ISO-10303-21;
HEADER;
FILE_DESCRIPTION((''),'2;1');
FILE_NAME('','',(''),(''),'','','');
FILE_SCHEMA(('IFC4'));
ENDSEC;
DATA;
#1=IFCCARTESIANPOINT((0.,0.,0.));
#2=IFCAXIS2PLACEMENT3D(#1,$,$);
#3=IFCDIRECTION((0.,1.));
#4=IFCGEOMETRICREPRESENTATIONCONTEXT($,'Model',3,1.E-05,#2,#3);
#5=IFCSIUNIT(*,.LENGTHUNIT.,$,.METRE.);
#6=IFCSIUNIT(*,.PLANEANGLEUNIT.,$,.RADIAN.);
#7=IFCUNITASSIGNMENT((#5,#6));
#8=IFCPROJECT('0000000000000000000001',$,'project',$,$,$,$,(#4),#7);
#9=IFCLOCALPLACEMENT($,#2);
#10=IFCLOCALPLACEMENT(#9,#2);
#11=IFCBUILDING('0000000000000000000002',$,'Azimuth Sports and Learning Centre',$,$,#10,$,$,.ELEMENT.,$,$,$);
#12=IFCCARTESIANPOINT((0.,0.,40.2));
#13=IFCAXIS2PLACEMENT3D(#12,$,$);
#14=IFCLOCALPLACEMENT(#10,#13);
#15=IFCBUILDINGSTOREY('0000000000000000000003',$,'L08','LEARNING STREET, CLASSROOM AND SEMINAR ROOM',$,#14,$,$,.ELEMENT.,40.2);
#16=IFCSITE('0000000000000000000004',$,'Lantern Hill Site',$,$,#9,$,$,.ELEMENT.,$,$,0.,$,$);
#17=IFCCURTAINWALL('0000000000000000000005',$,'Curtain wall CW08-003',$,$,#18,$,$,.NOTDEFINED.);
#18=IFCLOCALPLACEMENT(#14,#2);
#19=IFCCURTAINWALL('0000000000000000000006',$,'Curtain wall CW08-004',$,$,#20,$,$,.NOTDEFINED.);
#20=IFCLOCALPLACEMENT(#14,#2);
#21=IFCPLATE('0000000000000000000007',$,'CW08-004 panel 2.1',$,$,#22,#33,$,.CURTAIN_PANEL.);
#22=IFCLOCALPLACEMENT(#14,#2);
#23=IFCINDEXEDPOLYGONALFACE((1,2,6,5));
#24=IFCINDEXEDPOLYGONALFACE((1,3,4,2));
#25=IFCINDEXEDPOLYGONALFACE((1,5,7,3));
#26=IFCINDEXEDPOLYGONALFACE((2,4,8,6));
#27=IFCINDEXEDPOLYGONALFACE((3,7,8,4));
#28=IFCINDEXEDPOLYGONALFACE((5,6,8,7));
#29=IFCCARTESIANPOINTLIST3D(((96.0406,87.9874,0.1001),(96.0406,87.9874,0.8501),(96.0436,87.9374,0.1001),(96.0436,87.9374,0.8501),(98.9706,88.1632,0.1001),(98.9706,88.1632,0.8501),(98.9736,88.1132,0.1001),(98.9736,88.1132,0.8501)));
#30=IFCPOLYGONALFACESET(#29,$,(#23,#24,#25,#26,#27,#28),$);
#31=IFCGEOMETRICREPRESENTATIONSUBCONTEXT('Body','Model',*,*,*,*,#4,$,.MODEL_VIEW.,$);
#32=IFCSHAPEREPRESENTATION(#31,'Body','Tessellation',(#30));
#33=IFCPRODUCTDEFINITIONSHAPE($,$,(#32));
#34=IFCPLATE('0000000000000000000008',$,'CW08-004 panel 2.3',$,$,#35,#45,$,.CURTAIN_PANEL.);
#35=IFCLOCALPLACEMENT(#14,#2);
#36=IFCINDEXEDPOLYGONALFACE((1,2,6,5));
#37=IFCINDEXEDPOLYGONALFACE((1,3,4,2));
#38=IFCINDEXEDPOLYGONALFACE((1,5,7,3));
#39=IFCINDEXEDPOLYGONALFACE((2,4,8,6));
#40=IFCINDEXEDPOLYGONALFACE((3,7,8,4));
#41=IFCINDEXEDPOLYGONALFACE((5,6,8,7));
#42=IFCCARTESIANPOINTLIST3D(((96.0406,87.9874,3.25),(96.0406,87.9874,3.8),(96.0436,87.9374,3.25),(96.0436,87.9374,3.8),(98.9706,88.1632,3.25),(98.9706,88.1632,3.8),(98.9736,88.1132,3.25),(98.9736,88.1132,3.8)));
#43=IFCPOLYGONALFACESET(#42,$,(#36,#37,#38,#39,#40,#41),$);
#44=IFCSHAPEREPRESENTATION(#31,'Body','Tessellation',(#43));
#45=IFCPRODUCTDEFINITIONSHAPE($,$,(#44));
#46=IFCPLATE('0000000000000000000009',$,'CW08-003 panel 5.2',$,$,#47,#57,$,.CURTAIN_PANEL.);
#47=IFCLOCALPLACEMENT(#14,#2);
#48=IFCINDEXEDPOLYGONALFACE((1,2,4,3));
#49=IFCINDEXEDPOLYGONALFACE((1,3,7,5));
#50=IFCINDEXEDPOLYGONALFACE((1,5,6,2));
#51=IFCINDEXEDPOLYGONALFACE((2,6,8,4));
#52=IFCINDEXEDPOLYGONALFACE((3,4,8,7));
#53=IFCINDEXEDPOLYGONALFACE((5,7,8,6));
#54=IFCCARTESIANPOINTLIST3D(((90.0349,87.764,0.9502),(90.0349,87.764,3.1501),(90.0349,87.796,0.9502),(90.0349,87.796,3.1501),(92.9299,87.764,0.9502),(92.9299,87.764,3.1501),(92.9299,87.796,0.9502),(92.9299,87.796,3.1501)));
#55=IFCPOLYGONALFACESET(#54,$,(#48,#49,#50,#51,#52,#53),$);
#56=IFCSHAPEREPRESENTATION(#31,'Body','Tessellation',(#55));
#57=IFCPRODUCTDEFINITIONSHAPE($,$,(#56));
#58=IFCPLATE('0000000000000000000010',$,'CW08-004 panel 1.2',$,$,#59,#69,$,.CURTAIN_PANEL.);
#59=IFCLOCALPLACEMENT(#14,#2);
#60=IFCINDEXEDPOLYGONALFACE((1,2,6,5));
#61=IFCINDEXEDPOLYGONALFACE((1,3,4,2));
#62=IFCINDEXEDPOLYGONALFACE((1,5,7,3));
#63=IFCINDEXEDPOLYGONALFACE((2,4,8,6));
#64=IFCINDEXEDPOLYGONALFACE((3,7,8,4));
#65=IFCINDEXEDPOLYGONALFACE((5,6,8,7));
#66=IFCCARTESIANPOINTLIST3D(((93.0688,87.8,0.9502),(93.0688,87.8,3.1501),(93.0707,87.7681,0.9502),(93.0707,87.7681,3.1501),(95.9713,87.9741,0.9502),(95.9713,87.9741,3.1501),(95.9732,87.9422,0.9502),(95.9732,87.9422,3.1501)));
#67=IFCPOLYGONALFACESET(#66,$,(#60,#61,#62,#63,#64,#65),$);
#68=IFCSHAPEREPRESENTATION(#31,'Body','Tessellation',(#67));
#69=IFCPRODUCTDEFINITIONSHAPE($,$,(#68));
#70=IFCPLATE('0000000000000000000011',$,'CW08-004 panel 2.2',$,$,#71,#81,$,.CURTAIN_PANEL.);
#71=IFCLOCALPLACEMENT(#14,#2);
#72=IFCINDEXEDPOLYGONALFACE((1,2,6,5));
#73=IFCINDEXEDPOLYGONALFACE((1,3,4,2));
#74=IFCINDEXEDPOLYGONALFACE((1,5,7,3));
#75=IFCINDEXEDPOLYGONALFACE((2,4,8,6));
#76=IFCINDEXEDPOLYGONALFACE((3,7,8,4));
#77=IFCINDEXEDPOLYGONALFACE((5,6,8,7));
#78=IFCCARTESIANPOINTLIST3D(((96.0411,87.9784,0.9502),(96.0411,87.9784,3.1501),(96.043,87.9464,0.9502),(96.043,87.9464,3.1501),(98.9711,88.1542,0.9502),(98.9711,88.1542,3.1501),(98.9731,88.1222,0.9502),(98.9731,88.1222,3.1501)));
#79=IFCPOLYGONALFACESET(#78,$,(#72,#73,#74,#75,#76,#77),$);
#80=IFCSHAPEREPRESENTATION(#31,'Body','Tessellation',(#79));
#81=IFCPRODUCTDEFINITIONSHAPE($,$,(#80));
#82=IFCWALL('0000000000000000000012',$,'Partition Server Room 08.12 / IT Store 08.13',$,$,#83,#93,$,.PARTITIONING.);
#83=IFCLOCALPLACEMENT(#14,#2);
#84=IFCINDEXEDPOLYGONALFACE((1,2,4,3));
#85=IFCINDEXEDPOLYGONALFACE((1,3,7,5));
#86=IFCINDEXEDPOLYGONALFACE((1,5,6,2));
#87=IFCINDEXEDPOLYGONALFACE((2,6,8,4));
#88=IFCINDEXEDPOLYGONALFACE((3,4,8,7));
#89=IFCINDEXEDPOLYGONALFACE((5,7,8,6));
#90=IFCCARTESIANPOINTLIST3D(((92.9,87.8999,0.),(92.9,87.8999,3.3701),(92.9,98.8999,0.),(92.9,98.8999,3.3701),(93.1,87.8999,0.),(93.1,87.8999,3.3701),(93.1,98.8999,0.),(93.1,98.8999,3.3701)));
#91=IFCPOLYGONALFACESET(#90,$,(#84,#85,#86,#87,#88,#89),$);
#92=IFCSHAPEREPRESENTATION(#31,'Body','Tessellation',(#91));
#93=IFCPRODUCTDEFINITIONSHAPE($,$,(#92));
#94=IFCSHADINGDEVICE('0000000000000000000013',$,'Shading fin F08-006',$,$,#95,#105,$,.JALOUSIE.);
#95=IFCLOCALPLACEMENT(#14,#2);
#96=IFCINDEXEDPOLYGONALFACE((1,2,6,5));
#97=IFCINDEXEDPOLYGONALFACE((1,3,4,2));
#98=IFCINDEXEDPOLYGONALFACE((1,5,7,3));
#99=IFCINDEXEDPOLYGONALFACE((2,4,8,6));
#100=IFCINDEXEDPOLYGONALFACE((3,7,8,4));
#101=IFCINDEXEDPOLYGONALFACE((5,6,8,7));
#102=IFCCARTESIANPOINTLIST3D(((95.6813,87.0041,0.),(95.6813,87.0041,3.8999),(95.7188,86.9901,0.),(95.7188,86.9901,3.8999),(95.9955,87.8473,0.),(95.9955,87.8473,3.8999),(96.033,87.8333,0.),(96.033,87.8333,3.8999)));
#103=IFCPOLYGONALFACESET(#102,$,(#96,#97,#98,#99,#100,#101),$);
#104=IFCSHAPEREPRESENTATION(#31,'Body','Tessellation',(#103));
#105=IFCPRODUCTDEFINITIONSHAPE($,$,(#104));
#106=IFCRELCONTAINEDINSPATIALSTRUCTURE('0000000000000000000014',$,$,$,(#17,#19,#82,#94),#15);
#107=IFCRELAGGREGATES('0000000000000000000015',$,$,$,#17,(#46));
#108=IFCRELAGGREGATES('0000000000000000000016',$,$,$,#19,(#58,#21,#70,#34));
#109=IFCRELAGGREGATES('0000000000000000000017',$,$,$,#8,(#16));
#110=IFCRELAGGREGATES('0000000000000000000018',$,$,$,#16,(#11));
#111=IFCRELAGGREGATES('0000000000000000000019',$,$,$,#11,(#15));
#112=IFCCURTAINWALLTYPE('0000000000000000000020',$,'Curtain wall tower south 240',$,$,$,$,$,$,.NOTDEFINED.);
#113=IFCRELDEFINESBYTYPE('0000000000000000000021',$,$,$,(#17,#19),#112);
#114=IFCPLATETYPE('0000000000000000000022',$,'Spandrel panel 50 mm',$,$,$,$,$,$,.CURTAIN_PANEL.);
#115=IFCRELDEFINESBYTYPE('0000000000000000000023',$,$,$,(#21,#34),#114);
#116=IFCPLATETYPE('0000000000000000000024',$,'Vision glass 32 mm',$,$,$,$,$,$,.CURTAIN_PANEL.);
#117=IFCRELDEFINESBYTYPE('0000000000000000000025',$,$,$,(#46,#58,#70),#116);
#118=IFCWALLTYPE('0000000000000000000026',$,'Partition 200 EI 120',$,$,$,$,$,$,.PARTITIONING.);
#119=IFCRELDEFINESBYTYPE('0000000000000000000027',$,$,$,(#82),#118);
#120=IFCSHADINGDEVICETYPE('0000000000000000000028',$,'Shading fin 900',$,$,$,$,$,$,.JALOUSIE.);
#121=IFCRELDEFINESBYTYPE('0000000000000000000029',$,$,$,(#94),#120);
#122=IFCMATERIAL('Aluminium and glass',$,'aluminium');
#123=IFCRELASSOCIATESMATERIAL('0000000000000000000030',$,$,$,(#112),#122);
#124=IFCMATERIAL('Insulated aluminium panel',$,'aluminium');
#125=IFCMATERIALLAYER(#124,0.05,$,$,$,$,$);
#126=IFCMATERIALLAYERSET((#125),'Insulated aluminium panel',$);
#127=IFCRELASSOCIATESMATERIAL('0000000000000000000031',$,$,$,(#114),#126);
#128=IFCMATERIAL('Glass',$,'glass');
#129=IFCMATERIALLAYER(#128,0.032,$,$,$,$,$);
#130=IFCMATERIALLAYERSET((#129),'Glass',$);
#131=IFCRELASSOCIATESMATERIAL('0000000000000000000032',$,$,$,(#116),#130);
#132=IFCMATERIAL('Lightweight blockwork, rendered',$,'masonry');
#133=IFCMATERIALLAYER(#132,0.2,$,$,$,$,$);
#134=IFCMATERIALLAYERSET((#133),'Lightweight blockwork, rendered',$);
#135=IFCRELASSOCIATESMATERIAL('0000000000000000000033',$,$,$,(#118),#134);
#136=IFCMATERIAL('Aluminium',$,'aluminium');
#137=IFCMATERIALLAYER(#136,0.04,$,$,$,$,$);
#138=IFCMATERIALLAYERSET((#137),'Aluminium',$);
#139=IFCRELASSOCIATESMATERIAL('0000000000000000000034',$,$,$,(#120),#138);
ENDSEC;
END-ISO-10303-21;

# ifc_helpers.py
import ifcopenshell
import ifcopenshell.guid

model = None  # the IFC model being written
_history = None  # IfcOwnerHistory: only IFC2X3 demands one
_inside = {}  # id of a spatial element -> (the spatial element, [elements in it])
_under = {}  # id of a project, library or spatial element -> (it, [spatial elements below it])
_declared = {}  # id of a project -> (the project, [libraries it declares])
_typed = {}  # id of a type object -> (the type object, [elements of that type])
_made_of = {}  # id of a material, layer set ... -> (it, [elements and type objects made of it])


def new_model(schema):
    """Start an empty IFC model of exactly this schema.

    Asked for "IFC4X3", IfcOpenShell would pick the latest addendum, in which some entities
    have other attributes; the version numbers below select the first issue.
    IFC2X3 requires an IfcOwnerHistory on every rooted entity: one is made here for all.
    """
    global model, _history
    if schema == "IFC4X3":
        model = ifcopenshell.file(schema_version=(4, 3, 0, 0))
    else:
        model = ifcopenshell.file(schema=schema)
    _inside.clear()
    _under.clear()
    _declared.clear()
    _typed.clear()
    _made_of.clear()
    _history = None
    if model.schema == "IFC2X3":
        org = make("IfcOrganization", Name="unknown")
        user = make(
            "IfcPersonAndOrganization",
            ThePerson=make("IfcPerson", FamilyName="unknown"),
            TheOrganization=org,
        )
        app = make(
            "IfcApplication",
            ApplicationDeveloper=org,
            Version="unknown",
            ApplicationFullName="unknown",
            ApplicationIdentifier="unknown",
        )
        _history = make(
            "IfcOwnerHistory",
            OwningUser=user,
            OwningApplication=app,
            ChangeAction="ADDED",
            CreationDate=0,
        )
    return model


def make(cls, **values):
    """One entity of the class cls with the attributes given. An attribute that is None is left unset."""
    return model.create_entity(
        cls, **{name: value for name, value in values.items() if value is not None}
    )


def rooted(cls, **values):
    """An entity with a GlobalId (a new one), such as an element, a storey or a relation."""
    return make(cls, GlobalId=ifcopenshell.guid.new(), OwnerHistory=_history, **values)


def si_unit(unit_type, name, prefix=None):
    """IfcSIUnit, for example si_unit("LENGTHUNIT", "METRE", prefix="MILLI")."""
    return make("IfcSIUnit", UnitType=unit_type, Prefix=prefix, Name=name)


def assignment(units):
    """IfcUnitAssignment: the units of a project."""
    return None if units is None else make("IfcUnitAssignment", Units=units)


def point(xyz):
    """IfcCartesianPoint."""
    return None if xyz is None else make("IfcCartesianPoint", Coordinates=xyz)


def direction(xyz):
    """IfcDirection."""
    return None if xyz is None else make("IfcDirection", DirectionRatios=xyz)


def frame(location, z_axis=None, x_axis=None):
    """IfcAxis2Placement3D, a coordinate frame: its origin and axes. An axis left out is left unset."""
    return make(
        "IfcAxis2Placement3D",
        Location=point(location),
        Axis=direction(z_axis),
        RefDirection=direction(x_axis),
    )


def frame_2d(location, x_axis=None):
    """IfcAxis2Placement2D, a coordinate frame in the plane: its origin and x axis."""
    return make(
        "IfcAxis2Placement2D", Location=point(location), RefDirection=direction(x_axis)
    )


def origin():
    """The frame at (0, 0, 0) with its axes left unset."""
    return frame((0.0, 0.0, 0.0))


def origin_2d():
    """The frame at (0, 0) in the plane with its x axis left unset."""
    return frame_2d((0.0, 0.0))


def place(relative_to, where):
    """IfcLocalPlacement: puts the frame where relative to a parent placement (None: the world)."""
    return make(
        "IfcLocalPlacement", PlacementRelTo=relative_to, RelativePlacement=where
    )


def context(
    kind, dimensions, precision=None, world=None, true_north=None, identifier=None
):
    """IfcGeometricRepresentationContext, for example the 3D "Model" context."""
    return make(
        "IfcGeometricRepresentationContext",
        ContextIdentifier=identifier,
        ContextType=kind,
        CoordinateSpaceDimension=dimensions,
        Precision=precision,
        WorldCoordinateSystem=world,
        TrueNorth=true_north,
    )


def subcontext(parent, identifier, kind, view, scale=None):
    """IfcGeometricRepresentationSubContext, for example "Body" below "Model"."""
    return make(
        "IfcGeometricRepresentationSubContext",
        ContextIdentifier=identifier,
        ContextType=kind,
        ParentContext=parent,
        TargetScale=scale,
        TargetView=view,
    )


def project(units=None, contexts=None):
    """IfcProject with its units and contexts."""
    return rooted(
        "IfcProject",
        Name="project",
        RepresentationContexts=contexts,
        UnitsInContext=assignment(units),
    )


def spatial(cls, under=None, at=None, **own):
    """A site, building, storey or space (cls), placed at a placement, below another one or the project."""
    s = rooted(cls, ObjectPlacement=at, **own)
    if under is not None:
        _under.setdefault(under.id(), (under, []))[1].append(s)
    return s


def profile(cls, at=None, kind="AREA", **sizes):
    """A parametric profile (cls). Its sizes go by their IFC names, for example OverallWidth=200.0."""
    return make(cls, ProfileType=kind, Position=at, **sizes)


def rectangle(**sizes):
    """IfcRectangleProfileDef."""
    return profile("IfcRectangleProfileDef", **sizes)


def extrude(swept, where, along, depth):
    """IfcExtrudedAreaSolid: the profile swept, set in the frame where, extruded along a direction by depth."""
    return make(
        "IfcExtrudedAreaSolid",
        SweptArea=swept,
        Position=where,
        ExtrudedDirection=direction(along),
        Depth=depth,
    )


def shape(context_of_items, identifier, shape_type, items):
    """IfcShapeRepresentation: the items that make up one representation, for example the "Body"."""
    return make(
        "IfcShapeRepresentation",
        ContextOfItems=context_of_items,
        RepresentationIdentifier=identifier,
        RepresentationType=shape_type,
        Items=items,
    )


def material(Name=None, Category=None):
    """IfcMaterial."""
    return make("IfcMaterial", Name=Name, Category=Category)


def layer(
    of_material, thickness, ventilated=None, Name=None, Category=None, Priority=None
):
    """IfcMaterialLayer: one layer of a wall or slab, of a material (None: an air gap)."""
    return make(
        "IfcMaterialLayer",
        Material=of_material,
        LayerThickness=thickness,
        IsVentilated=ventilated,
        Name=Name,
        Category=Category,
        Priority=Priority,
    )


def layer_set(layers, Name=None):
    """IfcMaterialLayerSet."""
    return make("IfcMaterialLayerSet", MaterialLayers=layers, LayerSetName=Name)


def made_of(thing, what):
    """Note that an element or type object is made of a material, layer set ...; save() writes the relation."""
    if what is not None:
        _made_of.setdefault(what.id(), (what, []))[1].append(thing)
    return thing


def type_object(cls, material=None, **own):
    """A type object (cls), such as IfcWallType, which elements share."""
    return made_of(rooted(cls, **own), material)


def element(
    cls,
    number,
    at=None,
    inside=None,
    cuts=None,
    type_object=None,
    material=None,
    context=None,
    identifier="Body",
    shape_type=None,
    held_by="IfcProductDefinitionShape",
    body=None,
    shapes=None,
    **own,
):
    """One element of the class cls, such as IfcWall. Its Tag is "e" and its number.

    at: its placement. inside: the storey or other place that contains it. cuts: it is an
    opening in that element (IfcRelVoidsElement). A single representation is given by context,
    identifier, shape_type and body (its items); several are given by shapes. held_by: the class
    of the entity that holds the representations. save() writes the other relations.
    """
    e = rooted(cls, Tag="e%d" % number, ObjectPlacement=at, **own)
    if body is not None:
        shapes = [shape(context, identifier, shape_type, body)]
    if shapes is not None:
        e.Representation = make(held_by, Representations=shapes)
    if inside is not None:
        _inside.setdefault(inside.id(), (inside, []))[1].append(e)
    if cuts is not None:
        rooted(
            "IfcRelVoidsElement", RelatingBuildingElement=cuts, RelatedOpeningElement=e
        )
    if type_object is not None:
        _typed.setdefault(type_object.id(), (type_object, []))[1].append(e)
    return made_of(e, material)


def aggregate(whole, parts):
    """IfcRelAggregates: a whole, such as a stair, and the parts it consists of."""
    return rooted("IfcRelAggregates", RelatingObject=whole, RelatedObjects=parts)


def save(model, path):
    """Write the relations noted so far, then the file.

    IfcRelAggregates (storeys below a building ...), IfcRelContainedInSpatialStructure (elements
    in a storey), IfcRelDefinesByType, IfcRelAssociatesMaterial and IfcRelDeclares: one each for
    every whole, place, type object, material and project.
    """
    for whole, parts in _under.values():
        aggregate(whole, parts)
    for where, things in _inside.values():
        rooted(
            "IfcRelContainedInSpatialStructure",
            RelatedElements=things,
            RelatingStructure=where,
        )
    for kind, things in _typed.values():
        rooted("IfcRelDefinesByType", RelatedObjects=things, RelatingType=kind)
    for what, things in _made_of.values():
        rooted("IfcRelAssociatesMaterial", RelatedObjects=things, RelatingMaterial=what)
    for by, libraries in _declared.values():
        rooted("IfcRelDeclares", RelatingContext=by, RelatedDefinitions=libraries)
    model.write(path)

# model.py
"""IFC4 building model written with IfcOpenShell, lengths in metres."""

from ifc_helpers import new_model, si_unit, direction, frame, frame_2d, origin, origin_2d, place, context, subcontext, project, spatial, rectangle, extrude, material, layer, layer_set, type_object, element, aggregate, save


model = new_model("IFC4")

# Units and contexts
model_context = context("Model", 3, precision=1e-05, world=origin(), true_north=direction((0.0, 1.0)))
body_context = subcontext(model_context, "Body", "Model", "MODEL_VIEW")
ifc_project = project(units=[si_unit("LENGTHUNIT", "METRE"), si_unit("PLANEANGLEUNIT", "RADIAN")], contexts=[model_context])

# Site, building, storey
site_placement = place(None, origin())
site = spatial("IfcSite", under=ifc_project, at=site_placement, Name="Lantern Hill Site", CompositionType="ELEMENT", RefElevation=0.0)
building_placement = place(site_placement, origin())
building = spatial("IfcBuilding", under=site, at=building_placement, Name="Azimuth Sports and Learning Centre", CompositionType="ELEMENT")
storey_placement = place(building_placement, frame((0.0, 0.0, 40.2)))
storey = spatial("IfcBuildingStorey", under=building, at=storey_placement, Name="L08", Description="LEARNING STREET, CLASSROOM AND SEMINAR ROOM", CompositionType="ELEMENT", Elevation=40.2)

# Curtain wall
ifc_material_1 = material(Name="Aluminium and glass", Category="aluminium")
curtain_wall_type = type_object("IfcCurtainWallType", Name="Curtain wall tower south 240", PredefinedType="NOTDEFINED", material=ifc_material_1)
curtain_wall_1_placement = place(storey_placement, origin())
curtain_wall_1 = element("IfcCurtainWall", 1, at=curtain_wall_1_placement, inside=storey, type_object=curtain_wall_type, Name="Curtain wall CW08-003", PredefinedType="NOTDEFINED")

# Curtain wall
curtain_wall_2_placement = place(storey_placement, origin())
curtain_wall_2 = element("IfcCurtainWall", 2, at=curtain_wall_2_placement, inside=storey, type_object=curtain_wall_type, Name="Curtain wall CW08-004", PredefinedType="NOTDEFINED")

# Plates
ifc_material_2 = material(Name="Insulated aluminium panel", Category="aluminium")
ifc_layer_1 = layer(ifc_material_2, 0.05)
ifc_layer_set_1 = layer_set([ifc_layer_1], Name="Insulated aluminium panel")
plate_type_1 = type_object("IfcPlateType", Name="Spandrel panel 50 mm", PredefinedType="CURTAIN_PANEL", material=ifc_layer_set_1)
plate_1_placement = place(storey_placement, frame((97.5071, 88.0503, 0.1001), z_axis=(0.0, 0.0, 1.0), x_axis=(0.998205, 0.059892, 0.0)))
plate_1 = element("IfcPlate", 3, at=plate_1_placement, type_object=plate_type_1, Name="CW08-004 panel 2.1", PredefinedType="CURTAIN_PANEL", context=body_context, shape_type="SweptSolid", body=[
    extrude(rectangle(XDim=2.9353, YDim=0.05, at=origin_2d()), origin(), (0.0, 0.0, 1.0), 0.75),
])
plate_2_placement = place(storey_placement, frame((97.5071, 88.0503, 3.25), z_axis=(0.0, 0.0, 1.0), x_axis=(0.998205, 0.059892, 0.0)))
plate_2 = element("IfcPlate", 4, at=plate_2_placement, type_object=plate_type_1, Name="CW08-004 panel 2.3", PredefinedType="CURTAIN_PANEL", context=body_context, shape_type="SweptSolid", body=[
    extrude(rectangle(XDim=2.9353, YDim=0.05, at=origin_2d()), origin(), (0.0, 0.0, 1.0), 0.55),
])
ifc_material_3 = material(Name="Glass", Category="glass")
ifc_layer_2 = layer(ifc_material_3, 0.032)
ifc_layer_set_2 = layer_set([ifc_layer_2], Name="Glass")
plate_type_2 = type_object("IfcPlateType", Name="Vision glass 32 mm", PredefinedType="CURTAIN_PANEL", material=ifc_layer_set_2)
plate_3_placement = place(storey_placement, frame((91.4824, 87.78, 0.9502), z_axis=(0.0, 0.0, 1.0), x_axis=(1.0, 0.0, 0.0)))
plate_3 = element("IfcPlate", 5, at=plate_3_placement, type_object=plate_type_2, Name="CW08-003 panel 5.2", PredefinedType="CURTAIN_PANEL", context=body_context, shape_type="SweptSolid", body=[
    extrude(rectangle(XDim=2.895, YDim=0.032, at=origin_2d()), origin(), (0.0, 0.0, 1.0), 2.2),
])
aggregate(curtain_wall_1, [plate_3])
plate_4_placement = place(storey_placement, frame((94.521, 87.8711, 0.9502), z_axis=(0.0, 0.0, 1.0), x_axis=(0.998205, 0.059892, 0.0)))
plate_4 = element("IfcPlate", 6, at=plate_4_placement, type_object=plate_type_2, Name="CW08-004 panel 1.2", PredefinedType="CURTAIN_PANEL", context=body_context, shape_type="SweptSolid", body=[
    extrude(rectangle(XDim=2.9077, YDim=0.032, at=origin_2d()), origin(), (0.0, 0.0, 1.0), 2.2),
])
plate_5_placement = place(storey_placement, frame((97.5071, 88.0503, 0.9502), z_axis=(0.0, 0.0, 1.0), x_axis=(0.998205, 0.059892, 0.0)))
plate_5 = element("IfcPlate", 7, at=plate_5_placement, type_object=plate_type_2, Name="CW08-004 panel 2.2", PredefinedType="CURTAIN_PANEL", context=body_context, shape_type="SweptSolid", body=[
    extrude(rectangle(XDim=2.9353, YDim=0.032, at=origin_2d()), origin(), (0.0, 0.0, 1.0), 2.2),
])
aggregate(curtain_wall_2, [plate_4, plate_1, plate_5, plate_2])

# Wall
ifc_material_4 = material(Name="Lightweight blockwork, rendered", Category="masonry")
ifc_layer_3 = layer(ifc_material_4, 0.2)
ifc_layer_set_3 = layer_set([ifc_layer_3], Name="Lightweight blockwork, rendered")
wall_type = type_object("IfcWallType", Name="Partition 200 EI 120", PredefinedType="PARTITIONING", material=ifc_layer_set_3)
wall_placement = place(storey_placement, frame((93.0, 87.8999, 0.0), z_axis=(0.0, 0.0, 1.0), x_axis=(0.0, 1.0, 0.0)))
element("IfcWall", 8, at=wall_placement, inside=storey, type_object=wall_type, Name="Partition Server Room 08.12 / IT Store 08.13", PredefinedType="PARTITIONING", context=body_context, shape_type="SweptSolid", body=[
    extrude(rectangle(XDim=11.0, YDim=0.2, at=frame_2d((5.5, 0.0))), origin(), (0.0, 0.0, 1.0), 3.3701),
])

# Shading device
ifc_material_5 = material(Name="Aluminium", Category="aluminium")
ifc_layer_4 = layer(ifc_material_5, 0.04)
ifc_layer_set_4 = layer_set([ifc_layer_4], Name="Aluminium")
shading_device_type = type_object("IfcShadingDeviceType", Name="Shading fin 900", PredefinedType="JALOUSIE", material=ifc_layer_set_4)
shading_device_placement = place(storey_placement, frame((95.8572, 87.4187, 0.0), z_axis=(0.0, 0.0, 1.0), x_axis=(-0.349143, -0.937069, 0.0)))
element("IfcShadingDevice", 9, at=shading_device_placement, inside=storey, type_object=shading_device_type, Name="Shading fin F08-006", PredefinedType="JALOUSIE", context=body_context, shape_type="SweptSolid", body=[
    extrude(rectangle(XDim=0.8999, YDim=0.04, at=origin_2d()), origin(), (0.0, 0.0, 1.0), 3.8999),
])

save(model, "model.ifc")
